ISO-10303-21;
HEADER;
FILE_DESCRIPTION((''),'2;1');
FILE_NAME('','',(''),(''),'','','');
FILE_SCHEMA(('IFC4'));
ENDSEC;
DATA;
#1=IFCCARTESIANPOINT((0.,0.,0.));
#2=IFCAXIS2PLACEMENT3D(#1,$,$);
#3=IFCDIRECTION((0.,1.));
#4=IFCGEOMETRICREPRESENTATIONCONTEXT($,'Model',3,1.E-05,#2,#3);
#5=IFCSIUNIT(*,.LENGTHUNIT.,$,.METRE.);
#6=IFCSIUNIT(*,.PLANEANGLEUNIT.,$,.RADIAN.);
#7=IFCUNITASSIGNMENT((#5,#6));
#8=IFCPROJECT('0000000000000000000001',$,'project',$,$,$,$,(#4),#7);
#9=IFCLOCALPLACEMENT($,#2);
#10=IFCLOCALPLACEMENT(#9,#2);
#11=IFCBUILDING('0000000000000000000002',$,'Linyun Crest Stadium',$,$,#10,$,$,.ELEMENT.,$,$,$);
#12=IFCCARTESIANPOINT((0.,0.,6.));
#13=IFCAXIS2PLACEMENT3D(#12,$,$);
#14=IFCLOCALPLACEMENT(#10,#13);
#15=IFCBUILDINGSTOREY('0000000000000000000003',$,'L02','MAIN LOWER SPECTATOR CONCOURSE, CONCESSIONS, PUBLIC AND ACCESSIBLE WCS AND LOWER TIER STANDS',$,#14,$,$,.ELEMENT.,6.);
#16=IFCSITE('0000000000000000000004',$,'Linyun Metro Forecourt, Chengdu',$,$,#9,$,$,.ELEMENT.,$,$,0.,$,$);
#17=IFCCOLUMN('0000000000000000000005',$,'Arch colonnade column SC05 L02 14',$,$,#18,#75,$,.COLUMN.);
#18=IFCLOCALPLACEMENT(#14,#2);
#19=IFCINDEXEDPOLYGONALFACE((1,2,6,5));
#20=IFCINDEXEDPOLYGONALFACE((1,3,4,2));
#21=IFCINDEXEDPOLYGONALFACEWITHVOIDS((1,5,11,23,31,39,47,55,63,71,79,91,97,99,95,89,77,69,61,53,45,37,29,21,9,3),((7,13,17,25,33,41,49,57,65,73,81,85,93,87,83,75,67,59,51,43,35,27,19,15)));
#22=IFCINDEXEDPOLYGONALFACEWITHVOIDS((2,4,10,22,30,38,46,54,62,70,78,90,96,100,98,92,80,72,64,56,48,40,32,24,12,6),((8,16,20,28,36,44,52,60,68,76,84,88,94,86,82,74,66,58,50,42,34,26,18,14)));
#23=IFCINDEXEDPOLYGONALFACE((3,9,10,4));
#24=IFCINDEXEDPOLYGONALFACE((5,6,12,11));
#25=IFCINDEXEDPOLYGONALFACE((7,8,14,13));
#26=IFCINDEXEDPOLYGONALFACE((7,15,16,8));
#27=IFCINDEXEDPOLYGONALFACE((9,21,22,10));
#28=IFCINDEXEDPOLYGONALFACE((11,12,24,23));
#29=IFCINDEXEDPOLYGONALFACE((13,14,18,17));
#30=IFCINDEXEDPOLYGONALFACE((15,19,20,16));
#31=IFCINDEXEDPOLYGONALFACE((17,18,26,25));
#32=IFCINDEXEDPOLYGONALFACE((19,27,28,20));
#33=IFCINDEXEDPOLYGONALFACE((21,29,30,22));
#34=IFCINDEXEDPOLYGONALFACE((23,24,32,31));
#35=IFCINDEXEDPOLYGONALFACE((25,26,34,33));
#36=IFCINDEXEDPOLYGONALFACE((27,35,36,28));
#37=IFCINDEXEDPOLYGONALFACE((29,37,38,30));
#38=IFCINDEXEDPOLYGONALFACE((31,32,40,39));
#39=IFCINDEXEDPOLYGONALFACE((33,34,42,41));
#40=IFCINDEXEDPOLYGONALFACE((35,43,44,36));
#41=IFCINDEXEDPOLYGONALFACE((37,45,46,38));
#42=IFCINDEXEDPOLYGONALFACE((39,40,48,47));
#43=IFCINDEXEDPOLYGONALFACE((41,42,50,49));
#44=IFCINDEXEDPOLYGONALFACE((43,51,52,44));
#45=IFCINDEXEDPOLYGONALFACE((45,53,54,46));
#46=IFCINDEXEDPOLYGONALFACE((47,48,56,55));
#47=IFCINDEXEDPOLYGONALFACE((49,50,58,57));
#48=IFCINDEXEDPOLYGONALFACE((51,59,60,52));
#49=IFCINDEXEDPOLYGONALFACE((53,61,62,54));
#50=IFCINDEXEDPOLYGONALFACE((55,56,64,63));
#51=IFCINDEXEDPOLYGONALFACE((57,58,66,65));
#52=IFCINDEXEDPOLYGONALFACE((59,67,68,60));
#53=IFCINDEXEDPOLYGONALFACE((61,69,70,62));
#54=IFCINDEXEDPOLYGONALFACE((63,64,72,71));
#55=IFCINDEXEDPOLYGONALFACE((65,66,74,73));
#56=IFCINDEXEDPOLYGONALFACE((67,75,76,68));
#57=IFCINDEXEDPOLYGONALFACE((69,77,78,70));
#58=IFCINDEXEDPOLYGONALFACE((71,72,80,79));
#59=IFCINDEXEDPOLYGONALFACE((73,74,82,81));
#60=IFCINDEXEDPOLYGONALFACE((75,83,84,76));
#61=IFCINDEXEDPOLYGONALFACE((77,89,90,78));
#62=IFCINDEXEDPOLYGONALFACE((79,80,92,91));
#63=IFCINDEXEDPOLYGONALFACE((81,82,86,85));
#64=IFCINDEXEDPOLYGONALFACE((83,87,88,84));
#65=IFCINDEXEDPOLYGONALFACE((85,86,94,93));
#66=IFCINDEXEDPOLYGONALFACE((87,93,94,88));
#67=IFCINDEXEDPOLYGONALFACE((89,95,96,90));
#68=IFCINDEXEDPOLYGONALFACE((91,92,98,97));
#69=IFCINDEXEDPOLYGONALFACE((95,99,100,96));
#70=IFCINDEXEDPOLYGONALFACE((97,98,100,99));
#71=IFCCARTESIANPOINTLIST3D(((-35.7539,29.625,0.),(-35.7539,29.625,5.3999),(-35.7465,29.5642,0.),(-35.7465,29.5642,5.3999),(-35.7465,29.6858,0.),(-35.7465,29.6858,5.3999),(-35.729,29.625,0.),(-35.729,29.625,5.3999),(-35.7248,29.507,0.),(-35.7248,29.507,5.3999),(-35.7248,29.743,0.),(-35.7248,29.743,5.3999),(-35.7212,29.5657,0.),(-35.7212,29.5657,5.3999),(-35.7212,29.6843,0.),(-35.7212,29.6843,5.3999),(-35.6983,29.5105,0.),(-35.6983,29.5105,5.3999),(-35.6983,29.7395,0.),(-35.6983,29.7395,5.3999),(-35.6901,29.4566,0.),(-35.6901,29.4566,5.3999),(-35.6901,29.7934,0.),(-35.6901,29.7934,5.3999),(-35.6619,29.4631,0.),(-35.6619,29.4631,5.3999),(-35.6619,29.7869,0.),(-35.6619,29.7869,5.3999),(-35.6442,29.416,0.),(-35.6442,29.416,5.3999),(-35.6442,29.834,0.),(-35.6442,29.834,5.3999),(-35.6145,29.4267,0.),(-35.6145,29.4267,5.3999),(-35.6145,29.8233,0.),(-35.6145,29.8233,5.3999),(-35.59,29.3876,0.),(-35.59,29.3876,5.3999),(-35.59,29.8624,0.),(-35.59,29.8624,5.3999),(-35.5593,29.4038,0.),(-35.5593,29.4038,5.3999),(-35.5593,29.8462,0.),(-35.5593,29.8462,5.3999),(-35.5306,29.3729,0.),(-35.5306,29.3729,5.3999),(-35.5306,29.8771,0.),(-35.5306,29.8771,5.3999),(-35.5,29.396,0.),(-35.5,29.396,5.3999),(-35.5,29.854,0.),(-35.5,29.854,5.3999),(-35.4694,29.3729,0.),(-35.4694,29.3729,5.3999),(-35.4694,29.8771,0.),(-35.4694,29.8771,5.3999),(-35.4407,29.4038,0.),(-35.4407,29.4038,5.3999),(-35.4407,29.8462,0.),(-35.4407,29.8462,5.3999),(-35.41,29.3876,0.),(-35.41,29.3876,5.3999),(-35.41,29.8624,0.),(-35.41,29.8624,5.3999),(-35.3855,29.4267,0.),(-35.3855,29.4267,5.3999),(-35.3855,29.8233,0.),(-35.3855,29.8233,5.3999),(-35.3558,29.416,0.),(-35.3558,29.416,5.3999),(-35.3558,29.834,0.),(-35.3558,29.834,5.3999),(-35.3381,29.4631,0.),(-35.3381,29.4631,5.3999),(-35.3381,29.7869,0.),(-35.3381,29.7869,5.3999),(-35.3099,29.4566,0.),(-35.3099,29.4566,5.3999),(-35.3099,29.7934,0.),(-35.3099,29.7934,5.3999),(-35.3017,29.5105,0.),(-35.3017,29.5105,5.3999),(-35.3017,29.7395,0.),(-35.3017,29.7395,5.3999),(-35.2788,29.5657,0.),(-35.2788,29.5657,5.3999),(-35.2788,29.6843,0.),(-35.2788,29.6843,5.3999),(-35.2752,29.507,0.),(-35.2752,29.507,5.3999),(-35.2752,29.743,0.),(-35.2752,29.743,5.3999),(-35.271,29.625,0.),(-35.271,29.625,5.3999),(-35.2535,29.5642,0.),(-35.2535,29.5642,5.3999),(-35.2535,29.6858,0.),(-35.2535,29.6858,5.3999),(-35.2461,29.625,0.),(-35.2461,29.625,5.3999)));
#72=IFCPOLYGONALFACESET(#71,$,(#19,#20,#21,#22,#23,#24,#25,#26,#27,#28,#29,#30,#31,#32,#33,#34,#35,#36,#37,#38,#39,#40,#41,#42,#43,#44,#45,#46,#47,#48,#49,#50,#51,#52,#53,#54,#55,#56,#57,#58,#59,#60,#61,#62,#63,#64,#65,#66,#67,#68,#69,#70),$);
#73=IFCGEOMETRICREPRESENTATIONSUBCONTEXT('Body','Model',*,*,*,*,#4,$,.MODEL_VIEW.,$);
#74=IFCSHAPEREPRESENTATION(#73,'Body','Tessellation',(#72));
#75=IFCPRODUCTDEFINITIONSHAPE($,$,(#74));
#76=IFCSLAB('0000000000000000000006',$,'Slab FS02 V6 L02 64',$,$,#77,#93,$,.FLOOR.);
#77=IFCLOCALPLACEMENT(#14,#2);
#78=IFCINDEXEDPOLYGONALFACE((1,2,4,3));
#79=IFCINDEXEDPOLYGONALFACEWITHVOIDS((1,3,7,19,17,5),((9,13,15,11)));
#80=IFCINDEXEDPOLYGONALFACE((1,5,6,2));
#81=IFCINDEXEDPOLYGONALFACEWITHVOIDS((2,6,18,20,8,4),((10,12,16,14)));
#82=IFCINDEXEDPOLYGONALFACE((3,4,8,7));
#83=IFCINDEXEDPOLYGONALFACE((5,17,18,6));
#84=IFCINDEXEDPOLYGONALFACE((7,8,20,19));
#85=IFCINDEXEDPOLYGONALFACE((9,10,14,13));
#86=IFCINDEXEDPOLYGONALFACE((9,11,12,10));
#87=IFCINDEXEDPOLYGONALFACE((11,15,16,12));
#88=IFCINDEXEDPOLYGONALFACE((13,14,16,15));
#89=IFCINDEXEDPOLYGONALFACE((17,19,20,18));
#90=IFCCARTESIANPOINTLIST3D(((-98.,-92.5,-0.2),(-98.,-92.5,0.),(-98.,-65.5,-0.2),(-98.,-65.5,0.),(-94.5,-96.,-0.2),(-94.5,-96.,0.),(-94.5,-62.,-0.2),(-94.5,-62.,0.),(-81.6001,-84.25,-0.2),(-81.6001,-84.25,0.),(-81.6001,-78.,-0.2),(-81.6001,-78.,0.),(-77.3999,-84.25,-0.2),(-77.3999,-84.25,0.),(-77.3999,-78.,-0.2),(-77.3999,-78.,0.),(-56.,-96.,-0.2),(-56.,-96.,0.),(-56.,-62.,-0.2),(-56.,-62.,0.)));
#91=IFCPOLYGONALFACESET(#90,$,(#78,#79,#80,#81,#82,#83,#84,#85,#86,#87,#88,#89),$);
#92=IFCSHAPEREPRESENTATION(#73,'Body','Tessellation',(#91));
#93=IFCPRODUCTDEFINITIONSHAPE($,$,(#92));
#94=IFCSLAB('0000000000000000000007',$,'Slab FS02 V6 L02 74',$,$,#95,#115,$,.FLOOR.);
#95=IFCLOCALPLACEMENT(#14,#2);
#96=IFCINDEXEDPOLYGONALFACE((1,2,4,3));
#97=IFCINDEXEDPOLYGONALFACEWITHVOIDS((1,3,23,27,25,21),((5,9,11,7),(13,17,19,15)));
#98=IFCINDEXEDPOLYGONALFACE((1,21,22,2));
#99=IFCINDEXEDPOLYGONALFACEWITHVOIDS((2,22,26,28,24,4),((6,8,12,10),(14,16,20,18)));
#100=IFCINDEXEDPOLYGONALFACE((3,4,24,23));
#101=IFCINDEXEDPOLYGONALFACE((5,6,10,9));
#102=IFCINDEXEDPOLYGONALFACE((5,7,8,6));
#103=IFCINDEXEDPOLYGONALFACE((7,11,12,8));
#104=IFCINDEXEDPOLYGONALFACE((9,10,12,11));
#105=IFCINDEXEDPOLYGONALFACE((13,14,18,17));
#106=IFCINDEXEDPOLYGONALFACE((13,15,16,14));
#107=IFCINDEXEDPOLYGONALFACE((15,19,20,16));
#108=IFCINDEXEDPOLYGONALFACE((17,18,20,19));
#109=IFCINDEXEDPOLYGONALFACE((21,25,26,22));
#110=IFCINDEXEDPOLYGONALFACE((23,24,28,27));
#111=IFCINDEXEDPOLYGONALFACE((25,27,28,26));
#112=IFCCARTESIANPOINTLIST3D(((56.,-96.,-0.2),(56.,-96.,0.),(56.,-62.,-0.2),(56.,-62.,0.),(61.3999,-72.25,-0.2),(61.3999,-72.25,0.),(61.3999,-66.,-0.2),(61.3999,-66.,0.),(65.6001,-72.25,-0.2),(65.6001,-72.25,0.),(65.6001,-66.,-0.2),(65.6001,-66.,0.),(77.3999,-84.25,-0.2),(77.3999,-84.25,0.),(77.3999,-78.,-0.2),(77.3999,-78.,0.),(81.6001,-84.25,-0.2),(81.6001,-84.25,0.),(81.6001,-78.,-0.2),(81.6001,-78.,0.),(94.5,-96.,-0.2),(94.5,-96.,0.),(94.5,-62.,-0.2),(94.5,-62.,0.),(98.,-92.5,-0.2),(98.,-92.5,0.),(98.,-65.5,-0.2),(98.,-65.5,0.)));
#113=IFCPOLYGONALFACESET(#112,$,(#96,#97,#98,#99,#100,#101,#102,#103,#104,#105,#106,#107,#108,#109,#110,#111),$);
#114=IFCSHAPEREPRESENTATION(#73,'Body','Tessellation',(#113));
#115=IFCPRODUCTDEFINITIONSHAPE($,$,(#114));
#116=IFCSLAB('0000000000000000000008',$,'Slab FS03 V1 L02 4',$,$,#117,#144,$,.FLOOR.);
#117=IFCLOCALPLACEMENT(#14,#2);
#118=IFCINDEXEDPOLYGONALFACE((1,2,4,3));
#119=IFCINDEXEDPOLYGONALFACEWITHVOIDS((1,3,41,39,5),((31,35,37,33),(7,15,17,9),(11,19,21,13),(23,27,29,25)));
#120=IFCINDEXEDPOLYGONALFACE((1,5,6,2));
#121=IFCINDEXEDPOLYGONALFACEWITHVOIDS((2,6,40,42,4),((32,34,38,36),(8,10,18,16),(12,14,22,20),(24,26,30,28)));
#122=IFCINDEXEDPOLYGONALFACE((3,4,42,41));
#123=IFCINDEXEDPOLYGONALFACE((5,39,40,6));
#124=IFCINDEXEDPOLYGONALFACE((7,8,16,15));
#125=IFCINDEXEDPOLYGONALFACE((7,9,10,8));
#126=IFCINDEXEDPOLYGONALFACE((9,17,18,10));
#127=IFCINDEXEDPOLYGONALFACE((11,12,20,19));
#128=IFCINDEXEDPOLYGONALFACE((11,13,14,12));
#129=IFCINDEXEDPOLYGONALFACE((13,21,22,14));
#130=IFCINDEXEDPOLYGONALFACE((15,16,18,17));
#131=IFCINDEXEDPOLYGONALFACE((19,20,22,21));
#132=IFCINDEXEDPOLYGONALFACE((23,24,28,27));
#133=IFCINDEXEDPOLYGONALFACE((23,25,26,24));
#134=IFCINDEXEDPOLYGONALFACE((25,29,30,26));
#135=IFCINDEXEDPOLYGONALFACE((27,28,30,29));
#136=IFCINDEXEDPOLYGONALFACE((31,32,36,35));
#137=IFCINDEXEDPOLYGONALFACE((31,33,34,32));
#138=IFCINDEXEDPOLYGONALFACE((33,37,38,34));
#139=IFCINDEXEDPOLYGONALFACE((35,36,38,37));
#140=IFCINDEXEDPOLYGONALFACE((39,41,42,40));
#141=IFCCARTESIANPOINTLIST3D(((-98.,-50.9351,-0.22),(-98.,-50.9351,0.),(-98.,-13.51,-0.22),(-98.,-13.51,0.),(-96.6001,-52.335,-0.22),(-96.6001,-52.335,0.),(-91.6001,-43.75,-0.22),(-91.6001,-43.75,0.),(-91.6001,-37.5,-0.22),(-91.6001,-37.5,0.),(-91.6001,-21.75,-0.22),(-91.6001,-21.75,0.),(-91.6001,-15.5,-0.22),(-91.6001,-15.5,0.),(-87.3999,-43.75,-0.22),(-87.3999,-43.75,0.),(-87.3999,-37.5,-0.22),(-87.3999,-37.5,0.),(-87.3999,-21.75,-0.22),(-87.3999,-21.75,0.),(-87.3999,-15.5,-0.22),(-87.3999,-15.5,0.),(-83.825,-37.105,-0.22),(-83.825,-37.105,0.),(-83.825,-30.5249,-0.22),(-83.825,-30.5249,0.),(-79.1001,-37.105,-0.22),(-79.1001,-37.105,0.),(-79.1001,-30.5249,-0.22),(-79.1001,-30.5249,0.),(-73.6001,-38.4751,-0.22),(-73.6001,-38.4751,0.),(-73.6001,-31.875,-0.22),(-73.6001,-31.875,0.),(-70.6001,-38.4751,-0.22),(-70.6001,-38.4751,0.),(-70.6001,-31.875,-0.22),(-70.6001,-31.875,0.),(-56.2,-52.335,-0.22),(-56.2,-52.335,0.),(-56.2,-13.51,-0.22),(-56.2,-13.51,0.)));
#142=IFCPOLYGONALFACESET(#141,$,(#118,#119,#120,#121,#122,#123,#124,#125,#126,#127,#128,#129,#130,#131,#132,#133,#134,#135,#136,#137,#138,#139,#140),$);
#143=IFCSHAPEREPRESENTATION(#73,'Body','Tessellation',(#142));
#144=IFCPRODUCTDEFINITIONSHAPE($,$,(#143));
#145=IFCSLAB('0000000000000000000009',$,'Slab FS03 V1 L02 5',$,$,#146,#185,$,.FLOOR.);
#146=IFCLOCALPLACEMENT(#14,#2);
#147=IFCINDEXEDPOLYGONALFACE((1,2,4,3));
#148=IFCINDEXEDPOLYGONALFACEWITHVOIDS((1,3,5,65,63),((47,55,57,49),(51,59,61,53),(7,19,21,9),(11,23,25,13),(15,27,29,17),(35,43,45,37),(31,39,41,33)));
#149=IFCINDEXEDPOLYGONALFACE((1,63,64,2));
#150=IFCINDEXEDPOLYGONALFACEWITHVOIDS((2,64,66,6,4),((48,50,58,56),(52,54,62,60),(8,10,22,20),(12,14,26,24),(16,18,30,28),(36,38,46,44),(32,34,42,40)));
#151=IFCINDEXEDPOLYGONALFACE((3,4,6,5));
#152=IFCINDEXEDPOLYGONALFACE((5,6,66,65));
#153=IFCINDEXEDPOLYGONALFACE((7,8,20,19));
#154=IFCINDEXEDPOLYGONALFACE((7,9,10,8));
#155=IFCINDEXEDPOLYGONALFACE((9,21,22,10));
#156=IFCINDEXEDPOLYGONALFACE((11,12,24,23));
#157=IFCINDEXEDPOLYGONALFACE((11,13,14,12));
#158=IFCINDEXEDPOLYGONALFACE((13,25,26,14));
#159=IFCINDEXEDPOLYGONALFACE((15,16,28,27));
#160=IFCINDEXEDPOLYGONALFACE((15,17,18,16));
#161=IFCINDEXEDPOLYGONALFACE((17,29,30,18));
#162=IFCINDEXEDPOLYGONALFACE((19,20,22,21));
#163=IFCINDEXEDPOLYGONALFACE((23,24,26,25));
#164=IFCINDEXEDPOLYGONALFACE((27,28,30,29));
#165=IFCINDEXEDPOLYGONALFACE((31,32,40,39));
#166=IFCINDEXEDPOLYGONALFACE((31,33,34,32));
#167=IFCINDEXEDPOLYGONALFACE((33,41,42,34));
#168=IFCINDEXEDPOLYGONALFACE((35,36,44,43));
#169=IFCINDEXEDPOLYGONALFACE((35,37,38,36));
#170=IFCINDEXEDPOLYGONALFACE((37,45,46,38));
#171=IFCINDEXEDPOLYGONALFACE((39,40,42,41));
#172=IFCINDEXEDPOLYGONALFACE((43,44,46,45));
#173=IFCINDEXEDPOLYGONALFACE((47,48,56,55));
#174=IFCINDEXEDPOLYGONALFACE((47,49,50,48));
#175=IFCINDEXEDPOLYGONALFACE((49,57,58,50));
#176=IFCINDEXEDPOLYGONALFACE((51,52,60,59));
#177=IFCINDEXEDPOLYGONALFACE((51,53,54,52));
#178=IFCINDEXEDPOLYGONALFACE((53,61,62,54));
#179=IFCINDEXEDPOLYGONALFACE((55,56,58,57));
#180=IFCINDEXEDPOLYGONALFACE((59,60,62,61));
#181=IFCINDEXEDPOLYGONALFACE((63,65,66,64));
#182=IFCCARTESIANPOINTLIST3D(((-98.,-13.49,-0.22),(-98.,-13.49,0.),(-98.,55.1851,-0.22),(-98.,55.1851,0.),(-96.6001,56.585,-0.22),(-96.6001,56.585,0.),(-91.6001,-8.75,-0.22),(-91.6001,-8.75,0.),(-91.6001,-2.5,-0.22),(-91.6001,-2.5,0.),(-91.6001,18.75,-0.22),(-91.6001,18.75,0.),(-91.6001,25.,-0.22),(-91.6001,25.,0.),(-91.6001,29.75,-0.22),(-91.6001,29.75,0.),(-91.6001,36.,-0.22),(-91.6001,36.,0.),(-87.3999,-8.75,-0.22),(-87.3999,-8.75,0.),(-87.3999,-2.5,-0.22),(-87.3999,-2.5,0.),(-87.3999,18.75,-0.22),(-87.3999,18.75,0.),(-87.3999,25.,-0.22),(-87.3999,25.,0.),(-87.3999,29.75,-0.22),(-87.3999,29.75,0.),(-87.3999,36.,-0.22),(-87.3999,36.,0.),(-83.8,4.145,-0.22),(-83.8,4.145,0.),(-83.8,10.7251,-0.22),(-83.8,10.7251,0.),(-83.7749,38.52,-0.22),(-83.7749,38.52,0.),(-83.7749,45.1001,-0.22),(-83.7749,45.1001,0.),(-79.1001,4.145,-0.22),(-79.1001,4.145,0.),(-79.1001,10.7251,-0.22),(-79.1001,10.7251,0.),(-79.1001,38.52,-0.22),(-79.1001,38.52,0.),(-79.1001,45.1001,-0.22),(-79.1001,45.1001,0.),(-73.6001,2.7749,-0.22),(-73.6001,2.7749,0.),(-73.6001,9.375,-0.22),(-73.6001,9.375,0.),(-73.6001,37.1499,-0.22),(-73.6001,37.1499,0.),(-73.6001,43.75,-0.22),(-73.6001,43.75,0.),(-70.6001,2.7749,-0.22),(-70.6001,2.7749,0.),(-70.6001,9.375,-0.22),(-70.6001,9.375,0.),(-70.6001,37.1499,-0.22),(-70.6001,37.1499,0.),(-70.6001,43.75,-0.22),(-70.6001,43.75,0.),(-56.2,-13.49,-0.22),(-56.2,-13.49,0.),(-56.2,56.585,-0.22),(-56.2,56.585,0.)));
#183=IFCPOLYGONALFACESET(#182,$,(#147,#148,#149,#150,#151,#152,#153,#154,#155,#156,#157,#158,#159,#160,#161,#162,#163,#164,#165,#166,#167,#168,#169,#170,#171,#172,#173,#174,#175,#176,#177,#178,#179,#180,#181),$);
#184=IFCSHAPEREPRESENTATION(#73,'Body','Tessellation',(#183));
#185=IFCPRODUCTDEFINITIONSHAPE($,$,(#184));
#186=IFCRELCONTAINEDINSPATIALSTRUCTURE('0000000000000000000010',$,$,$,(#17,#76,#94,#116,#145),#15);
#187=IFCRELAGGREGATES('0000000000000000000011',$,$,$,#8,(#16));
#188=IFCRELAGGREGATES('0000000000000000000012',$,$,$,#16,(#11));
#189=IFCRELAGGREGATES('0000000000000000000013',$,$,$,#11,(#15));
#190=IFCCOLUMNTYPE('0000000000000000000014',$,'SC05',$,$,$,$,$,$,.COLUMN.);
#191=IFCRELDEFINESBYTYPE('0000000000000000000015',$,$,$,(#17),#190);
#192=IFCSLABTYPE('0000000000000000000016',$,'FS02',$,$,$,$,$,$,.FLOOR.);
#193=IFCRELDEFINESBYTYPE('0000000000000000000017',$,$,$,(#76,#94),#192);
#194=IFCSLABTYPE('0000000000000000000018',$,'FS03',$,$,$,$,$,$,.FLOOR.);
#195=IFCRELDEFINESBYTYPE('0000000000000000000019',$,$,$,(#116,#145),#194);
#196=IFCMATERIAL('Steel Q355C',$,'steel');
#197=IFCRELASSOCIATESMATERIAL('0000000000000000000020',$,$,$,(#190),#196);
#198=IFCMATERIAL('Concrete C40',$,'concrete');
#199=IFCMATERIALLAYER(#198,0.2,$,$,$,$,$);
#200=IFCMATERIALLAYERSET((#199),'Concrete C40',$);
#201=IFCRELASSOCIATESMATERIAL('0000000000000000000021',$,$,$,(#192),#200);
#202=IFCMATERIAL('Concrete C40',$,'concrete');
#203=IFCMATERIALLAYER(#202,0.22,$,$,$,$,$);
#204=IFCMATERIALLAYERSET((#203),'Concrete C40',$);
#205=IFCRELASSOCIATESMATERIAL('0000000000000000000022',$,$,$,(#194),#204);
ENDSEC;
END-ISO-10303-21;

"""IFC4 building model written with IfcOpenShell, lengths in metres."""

from ifc_helpers import new_model, si_unit, direction, frame, origin, origin_2d, place, context, subcontext, project, spatial, polyline, hollow_circle, outline, extrude, material, layer, layer_set, material_profile, profile_set, type_object, element, save


model = new_model("IFC4")

# Units and contexts
model_context = context("Model", 3, precision=1e-05, world=origin(), true_north=direction((0.0, 1.0)))
body_context = subcontext(model_context, "Body", "Model", "MODEL_VIEW")
ifc_project = project(units=[si_unit("LENGTHUNIT", "METRE"), si_unit("PLANEANGLEUNIT", "RADIAN")], contexts=[model_context])

# Site, building, storey
site_placement = place(None, origin())
site = spatial("IfcSite", under=ifc_project, at=site_placement, Name="Linyun Metro Forecourt, Chengdu", CompositionType="ELEMENT", RefElevation=0.0)
building_placement = place(site_placement, origin())
building = spatial("IfcBuilding", under=site, at=building_placement, Name="Linyun Crest Stadium", CompositionType="ELEMENT")
storey_placement = place(building_placement, frame((0.0, 0.0, 6.0)))
storey = spatial("IfcBuildingStorey", under=building, at=storey_placement, Name="L02", Description="MAIN LOWER SPECTATOR CONCOURSE, CONCESSIONS, PUBLIC AND ACCESSIBLE WCS AND LOWER TIER STANDS", CompositionType="ELEMENT", Elevation=6.0)

# Column
ifc_material_1 = material(Name="Steel Q355C", Category="steel")
ifc_material_profile = material_profile(ifc_material_1, hollow_circle(Radius=0.2539, WallThickness=0.0249, at=origin_2d()), Name="CHS 508x25")
ifc_profile_set = profile_set([ifc_material_profile], Name="Steel Q355C")
column_type = type_object("IfcColumnType", Name="SC05", PredefinedType="COLUMN", material=ifc_profile_set)
for number, where, z_axis, x_axis, name in (
    (1, (-35.5, 29.625, 0.0), (0.0, 0.0, 1.0), (1.0, 0.0, 0.0), "Arch colonnade column SC05 L02 14"),
):
    element("IfcColumn", number, at=place(storey_placement, frame(where, z_axis=z_axis, x_axis=x_axis)), inside=storey, type_object=column_type, Name=name, PredefinedType="COLUMN", context=body_context, shape_type="SweptSolid", body=[
        extrude(hollow_circle(Radius=0.2539, WallThickness=0.0249, at=origin_2d()), origin(), (0.0, 0.0, 1.0), 5.3999),
    ])

# Slabs
ifc_material_2 = material(Name="Concrete C40", Category="concrete")
ifc_layer_1 = layer(ifc_material_2, 0.2)
ifc_layer_set_1 = layer_set([ifc_layer_1], Name="Concrete C40")
slab_type_1 = type_object("IfcSlabType", Name="FS02", PredefinedType="FLOOR", material=ifc_layer_set_1)
slab_1_placement = place(storey_placement, frame((0.0, 0.0, -0.2)))
element("IfcSlab", 2, at=slab_1_placement, inside=storey, type_object=slab_type_1, Name="Slab FS02 V6 L02 64", PredefinedType="FLOOR", context=body_context, shape_type="SweptSolid", body=[
    extrude(outline(polyline([(-94.5, -96.0), (-56.0, -96.0), (-56.0, -62.0), (-94.5, -62.0), (-98.0, -65.5), (-98.0, -92.5), (-94.5, -96.0)]), holes=[polyline([(-81.6001, -84.25), (-81.6001, -78.0), (-77.3999, -78.0), (-77.3999, -84.25), (-81.6001, -84.25)])]), origin(), (0.0, 0.0, 1.0), 0.2),
])
slab_2_placement = place(storey_placement, frame((0.0, 0.0, -0.2)))
element("IfcSlab", 3, at=slab_2_placement, inside=storey, type_object=slab_type_1, Name="Slab FS02 V6 L02 74", PredefinedType="FLOOR", context=body_context, shape_type="SweptSolid", body=[
    extrude(outline(polyline([(56.0, -96.0), (94.5, -96.0), (98.0, -92.5), (98.0, -65.5), (94.5, -62.0), (56.0, -62.0), (56.0, -96.0)]), holes=[polyline([(77.3999, -84.25), (77.3999, -78.0), (81.6001, -78.0), (81.6001, -84.25), (77.3999, -84.25)]), polyline([(61.3999, -72.25), (61.3999, -66.0), (65.6001, -66.0), (65.6001, -72.25), (61.3999, -72.25)])]), origin(), (0.0, 0.0, 1.0), 0.2),
])
ifc_material_3 = material(Name="Concrete C40", Category="concrete")
ifc_layer_2 = layer(ifc_material_3, 0.22)
ifc_layer_set_2 = layer_set([ifc_layer_2], Name="Concrete C40")
slab_type_2 = type_object("IfcSlabType", Name="FS03", PredefinedType="FLOOR", material=ifc_layer_set_2)
slab_3_placement = place(storey_placement, frame((0.0, 0.0, -0.22)))
element("IfcSlab", 4, at=slab_3_placement, inside=storey, type_object=slab_type_2, Name="Slab FS03 V1 L02 4", PredefinedType="FLOOR", context=body_context, shape_type="SweptSolid", body=[
    extrude(outline(polyline([(-96.6001, -52.335), (-56.2, -52.335), (-56.2, -13.51), (-98.0, -13.51), (-98.0, -50.9351), (-96.6001, -52.335)]), holes=[polyline([(-83.825, -37.105), (-83.825, -30.5249), (-79.1001, -30.5249), (-79.1001, -37.105), (-83.825, -37.105)]), polyline([(-73.6001, -38.4751), (-73.6001, -31.875), (-70.6001, -31.875), (-70.6001, -38.4751), (-73.6001, -38.4751)]), polyline([(-91.6001, -43.75), (-91.6001, -37.5), (-87.3999, -37.5), (-87.3999, -43.75), (-91.6001, -43.75)]), polyline([(-91.6001, -21.75), (-91.6001, -15.5), (-87.3999, -15.5), (-87.3999, -21.75), (-91.6001, -21.75)])]), origin(), (0.0, 0.0, 1.0), 0.22),
])
slab_4_placement = place(storey_placement, frame((0.0, 0.0, -0.22)))
element("IfcSlab", 5, at=slab_4_placement, inside=storey, type_object=slab_type_2, Name="Slab FS03 V1 L02 5", PredefinedType="FLOOR", context=body_context, shape_type="SweptSolid", body=[
    extrude(outline(polyline([(-98.0, -13.49), (-56.2, -13.49), (-56.2, 56.585), (-96.6001, 56.585), (-98.0, 55.1851), (-98.0, -13.49)]), holes=[polyline([(-83.8, 4.145), (-83.8, 10.7251), (-79.1001, 10.7251), (-79.1001, 4.145), (-83.8, 4.145)]), polyline([(-73.6001, 2.7749), (-73.6001, 9.375), (-70.6001, 9.375), (-70.6001, 2.7749), (-73.6001, 2.7749)]), polyline([(-83.7749, 38.52), (-83.7749, 45.1001), (-79.1001, 45.1001), (-79.1001, 38.52), (-83.7749, 38.52)]), polyline([(-73.6001, 37.1499), (-73.6001, 43.75), (-70.6001, 43.75), (-70.6001, 37.1499), (-73.6001, 37.1499)]), polyline([(-91.6001, -8.75), (-91.6001, -2.5), (-87.3999, -2.5), (-87.3999, -8.75), (-91.6001, -8.75)]), polyline([(-91.6001, 18.75), (-91.6001, 25.0), (-87.3999, 25.0), (-87.3999, 18.75), (-91.6001, 18.75)]), polyline([(-91.6001, 29.75), (-91.6001, 36.0), (-87.3999, 36.0), (-87.3999, 29.75), (-91.6001, 29.75)])]), origin(), (0.0, 0.0, 1.0), 0.22),
])

save(model, "model.ifc")
